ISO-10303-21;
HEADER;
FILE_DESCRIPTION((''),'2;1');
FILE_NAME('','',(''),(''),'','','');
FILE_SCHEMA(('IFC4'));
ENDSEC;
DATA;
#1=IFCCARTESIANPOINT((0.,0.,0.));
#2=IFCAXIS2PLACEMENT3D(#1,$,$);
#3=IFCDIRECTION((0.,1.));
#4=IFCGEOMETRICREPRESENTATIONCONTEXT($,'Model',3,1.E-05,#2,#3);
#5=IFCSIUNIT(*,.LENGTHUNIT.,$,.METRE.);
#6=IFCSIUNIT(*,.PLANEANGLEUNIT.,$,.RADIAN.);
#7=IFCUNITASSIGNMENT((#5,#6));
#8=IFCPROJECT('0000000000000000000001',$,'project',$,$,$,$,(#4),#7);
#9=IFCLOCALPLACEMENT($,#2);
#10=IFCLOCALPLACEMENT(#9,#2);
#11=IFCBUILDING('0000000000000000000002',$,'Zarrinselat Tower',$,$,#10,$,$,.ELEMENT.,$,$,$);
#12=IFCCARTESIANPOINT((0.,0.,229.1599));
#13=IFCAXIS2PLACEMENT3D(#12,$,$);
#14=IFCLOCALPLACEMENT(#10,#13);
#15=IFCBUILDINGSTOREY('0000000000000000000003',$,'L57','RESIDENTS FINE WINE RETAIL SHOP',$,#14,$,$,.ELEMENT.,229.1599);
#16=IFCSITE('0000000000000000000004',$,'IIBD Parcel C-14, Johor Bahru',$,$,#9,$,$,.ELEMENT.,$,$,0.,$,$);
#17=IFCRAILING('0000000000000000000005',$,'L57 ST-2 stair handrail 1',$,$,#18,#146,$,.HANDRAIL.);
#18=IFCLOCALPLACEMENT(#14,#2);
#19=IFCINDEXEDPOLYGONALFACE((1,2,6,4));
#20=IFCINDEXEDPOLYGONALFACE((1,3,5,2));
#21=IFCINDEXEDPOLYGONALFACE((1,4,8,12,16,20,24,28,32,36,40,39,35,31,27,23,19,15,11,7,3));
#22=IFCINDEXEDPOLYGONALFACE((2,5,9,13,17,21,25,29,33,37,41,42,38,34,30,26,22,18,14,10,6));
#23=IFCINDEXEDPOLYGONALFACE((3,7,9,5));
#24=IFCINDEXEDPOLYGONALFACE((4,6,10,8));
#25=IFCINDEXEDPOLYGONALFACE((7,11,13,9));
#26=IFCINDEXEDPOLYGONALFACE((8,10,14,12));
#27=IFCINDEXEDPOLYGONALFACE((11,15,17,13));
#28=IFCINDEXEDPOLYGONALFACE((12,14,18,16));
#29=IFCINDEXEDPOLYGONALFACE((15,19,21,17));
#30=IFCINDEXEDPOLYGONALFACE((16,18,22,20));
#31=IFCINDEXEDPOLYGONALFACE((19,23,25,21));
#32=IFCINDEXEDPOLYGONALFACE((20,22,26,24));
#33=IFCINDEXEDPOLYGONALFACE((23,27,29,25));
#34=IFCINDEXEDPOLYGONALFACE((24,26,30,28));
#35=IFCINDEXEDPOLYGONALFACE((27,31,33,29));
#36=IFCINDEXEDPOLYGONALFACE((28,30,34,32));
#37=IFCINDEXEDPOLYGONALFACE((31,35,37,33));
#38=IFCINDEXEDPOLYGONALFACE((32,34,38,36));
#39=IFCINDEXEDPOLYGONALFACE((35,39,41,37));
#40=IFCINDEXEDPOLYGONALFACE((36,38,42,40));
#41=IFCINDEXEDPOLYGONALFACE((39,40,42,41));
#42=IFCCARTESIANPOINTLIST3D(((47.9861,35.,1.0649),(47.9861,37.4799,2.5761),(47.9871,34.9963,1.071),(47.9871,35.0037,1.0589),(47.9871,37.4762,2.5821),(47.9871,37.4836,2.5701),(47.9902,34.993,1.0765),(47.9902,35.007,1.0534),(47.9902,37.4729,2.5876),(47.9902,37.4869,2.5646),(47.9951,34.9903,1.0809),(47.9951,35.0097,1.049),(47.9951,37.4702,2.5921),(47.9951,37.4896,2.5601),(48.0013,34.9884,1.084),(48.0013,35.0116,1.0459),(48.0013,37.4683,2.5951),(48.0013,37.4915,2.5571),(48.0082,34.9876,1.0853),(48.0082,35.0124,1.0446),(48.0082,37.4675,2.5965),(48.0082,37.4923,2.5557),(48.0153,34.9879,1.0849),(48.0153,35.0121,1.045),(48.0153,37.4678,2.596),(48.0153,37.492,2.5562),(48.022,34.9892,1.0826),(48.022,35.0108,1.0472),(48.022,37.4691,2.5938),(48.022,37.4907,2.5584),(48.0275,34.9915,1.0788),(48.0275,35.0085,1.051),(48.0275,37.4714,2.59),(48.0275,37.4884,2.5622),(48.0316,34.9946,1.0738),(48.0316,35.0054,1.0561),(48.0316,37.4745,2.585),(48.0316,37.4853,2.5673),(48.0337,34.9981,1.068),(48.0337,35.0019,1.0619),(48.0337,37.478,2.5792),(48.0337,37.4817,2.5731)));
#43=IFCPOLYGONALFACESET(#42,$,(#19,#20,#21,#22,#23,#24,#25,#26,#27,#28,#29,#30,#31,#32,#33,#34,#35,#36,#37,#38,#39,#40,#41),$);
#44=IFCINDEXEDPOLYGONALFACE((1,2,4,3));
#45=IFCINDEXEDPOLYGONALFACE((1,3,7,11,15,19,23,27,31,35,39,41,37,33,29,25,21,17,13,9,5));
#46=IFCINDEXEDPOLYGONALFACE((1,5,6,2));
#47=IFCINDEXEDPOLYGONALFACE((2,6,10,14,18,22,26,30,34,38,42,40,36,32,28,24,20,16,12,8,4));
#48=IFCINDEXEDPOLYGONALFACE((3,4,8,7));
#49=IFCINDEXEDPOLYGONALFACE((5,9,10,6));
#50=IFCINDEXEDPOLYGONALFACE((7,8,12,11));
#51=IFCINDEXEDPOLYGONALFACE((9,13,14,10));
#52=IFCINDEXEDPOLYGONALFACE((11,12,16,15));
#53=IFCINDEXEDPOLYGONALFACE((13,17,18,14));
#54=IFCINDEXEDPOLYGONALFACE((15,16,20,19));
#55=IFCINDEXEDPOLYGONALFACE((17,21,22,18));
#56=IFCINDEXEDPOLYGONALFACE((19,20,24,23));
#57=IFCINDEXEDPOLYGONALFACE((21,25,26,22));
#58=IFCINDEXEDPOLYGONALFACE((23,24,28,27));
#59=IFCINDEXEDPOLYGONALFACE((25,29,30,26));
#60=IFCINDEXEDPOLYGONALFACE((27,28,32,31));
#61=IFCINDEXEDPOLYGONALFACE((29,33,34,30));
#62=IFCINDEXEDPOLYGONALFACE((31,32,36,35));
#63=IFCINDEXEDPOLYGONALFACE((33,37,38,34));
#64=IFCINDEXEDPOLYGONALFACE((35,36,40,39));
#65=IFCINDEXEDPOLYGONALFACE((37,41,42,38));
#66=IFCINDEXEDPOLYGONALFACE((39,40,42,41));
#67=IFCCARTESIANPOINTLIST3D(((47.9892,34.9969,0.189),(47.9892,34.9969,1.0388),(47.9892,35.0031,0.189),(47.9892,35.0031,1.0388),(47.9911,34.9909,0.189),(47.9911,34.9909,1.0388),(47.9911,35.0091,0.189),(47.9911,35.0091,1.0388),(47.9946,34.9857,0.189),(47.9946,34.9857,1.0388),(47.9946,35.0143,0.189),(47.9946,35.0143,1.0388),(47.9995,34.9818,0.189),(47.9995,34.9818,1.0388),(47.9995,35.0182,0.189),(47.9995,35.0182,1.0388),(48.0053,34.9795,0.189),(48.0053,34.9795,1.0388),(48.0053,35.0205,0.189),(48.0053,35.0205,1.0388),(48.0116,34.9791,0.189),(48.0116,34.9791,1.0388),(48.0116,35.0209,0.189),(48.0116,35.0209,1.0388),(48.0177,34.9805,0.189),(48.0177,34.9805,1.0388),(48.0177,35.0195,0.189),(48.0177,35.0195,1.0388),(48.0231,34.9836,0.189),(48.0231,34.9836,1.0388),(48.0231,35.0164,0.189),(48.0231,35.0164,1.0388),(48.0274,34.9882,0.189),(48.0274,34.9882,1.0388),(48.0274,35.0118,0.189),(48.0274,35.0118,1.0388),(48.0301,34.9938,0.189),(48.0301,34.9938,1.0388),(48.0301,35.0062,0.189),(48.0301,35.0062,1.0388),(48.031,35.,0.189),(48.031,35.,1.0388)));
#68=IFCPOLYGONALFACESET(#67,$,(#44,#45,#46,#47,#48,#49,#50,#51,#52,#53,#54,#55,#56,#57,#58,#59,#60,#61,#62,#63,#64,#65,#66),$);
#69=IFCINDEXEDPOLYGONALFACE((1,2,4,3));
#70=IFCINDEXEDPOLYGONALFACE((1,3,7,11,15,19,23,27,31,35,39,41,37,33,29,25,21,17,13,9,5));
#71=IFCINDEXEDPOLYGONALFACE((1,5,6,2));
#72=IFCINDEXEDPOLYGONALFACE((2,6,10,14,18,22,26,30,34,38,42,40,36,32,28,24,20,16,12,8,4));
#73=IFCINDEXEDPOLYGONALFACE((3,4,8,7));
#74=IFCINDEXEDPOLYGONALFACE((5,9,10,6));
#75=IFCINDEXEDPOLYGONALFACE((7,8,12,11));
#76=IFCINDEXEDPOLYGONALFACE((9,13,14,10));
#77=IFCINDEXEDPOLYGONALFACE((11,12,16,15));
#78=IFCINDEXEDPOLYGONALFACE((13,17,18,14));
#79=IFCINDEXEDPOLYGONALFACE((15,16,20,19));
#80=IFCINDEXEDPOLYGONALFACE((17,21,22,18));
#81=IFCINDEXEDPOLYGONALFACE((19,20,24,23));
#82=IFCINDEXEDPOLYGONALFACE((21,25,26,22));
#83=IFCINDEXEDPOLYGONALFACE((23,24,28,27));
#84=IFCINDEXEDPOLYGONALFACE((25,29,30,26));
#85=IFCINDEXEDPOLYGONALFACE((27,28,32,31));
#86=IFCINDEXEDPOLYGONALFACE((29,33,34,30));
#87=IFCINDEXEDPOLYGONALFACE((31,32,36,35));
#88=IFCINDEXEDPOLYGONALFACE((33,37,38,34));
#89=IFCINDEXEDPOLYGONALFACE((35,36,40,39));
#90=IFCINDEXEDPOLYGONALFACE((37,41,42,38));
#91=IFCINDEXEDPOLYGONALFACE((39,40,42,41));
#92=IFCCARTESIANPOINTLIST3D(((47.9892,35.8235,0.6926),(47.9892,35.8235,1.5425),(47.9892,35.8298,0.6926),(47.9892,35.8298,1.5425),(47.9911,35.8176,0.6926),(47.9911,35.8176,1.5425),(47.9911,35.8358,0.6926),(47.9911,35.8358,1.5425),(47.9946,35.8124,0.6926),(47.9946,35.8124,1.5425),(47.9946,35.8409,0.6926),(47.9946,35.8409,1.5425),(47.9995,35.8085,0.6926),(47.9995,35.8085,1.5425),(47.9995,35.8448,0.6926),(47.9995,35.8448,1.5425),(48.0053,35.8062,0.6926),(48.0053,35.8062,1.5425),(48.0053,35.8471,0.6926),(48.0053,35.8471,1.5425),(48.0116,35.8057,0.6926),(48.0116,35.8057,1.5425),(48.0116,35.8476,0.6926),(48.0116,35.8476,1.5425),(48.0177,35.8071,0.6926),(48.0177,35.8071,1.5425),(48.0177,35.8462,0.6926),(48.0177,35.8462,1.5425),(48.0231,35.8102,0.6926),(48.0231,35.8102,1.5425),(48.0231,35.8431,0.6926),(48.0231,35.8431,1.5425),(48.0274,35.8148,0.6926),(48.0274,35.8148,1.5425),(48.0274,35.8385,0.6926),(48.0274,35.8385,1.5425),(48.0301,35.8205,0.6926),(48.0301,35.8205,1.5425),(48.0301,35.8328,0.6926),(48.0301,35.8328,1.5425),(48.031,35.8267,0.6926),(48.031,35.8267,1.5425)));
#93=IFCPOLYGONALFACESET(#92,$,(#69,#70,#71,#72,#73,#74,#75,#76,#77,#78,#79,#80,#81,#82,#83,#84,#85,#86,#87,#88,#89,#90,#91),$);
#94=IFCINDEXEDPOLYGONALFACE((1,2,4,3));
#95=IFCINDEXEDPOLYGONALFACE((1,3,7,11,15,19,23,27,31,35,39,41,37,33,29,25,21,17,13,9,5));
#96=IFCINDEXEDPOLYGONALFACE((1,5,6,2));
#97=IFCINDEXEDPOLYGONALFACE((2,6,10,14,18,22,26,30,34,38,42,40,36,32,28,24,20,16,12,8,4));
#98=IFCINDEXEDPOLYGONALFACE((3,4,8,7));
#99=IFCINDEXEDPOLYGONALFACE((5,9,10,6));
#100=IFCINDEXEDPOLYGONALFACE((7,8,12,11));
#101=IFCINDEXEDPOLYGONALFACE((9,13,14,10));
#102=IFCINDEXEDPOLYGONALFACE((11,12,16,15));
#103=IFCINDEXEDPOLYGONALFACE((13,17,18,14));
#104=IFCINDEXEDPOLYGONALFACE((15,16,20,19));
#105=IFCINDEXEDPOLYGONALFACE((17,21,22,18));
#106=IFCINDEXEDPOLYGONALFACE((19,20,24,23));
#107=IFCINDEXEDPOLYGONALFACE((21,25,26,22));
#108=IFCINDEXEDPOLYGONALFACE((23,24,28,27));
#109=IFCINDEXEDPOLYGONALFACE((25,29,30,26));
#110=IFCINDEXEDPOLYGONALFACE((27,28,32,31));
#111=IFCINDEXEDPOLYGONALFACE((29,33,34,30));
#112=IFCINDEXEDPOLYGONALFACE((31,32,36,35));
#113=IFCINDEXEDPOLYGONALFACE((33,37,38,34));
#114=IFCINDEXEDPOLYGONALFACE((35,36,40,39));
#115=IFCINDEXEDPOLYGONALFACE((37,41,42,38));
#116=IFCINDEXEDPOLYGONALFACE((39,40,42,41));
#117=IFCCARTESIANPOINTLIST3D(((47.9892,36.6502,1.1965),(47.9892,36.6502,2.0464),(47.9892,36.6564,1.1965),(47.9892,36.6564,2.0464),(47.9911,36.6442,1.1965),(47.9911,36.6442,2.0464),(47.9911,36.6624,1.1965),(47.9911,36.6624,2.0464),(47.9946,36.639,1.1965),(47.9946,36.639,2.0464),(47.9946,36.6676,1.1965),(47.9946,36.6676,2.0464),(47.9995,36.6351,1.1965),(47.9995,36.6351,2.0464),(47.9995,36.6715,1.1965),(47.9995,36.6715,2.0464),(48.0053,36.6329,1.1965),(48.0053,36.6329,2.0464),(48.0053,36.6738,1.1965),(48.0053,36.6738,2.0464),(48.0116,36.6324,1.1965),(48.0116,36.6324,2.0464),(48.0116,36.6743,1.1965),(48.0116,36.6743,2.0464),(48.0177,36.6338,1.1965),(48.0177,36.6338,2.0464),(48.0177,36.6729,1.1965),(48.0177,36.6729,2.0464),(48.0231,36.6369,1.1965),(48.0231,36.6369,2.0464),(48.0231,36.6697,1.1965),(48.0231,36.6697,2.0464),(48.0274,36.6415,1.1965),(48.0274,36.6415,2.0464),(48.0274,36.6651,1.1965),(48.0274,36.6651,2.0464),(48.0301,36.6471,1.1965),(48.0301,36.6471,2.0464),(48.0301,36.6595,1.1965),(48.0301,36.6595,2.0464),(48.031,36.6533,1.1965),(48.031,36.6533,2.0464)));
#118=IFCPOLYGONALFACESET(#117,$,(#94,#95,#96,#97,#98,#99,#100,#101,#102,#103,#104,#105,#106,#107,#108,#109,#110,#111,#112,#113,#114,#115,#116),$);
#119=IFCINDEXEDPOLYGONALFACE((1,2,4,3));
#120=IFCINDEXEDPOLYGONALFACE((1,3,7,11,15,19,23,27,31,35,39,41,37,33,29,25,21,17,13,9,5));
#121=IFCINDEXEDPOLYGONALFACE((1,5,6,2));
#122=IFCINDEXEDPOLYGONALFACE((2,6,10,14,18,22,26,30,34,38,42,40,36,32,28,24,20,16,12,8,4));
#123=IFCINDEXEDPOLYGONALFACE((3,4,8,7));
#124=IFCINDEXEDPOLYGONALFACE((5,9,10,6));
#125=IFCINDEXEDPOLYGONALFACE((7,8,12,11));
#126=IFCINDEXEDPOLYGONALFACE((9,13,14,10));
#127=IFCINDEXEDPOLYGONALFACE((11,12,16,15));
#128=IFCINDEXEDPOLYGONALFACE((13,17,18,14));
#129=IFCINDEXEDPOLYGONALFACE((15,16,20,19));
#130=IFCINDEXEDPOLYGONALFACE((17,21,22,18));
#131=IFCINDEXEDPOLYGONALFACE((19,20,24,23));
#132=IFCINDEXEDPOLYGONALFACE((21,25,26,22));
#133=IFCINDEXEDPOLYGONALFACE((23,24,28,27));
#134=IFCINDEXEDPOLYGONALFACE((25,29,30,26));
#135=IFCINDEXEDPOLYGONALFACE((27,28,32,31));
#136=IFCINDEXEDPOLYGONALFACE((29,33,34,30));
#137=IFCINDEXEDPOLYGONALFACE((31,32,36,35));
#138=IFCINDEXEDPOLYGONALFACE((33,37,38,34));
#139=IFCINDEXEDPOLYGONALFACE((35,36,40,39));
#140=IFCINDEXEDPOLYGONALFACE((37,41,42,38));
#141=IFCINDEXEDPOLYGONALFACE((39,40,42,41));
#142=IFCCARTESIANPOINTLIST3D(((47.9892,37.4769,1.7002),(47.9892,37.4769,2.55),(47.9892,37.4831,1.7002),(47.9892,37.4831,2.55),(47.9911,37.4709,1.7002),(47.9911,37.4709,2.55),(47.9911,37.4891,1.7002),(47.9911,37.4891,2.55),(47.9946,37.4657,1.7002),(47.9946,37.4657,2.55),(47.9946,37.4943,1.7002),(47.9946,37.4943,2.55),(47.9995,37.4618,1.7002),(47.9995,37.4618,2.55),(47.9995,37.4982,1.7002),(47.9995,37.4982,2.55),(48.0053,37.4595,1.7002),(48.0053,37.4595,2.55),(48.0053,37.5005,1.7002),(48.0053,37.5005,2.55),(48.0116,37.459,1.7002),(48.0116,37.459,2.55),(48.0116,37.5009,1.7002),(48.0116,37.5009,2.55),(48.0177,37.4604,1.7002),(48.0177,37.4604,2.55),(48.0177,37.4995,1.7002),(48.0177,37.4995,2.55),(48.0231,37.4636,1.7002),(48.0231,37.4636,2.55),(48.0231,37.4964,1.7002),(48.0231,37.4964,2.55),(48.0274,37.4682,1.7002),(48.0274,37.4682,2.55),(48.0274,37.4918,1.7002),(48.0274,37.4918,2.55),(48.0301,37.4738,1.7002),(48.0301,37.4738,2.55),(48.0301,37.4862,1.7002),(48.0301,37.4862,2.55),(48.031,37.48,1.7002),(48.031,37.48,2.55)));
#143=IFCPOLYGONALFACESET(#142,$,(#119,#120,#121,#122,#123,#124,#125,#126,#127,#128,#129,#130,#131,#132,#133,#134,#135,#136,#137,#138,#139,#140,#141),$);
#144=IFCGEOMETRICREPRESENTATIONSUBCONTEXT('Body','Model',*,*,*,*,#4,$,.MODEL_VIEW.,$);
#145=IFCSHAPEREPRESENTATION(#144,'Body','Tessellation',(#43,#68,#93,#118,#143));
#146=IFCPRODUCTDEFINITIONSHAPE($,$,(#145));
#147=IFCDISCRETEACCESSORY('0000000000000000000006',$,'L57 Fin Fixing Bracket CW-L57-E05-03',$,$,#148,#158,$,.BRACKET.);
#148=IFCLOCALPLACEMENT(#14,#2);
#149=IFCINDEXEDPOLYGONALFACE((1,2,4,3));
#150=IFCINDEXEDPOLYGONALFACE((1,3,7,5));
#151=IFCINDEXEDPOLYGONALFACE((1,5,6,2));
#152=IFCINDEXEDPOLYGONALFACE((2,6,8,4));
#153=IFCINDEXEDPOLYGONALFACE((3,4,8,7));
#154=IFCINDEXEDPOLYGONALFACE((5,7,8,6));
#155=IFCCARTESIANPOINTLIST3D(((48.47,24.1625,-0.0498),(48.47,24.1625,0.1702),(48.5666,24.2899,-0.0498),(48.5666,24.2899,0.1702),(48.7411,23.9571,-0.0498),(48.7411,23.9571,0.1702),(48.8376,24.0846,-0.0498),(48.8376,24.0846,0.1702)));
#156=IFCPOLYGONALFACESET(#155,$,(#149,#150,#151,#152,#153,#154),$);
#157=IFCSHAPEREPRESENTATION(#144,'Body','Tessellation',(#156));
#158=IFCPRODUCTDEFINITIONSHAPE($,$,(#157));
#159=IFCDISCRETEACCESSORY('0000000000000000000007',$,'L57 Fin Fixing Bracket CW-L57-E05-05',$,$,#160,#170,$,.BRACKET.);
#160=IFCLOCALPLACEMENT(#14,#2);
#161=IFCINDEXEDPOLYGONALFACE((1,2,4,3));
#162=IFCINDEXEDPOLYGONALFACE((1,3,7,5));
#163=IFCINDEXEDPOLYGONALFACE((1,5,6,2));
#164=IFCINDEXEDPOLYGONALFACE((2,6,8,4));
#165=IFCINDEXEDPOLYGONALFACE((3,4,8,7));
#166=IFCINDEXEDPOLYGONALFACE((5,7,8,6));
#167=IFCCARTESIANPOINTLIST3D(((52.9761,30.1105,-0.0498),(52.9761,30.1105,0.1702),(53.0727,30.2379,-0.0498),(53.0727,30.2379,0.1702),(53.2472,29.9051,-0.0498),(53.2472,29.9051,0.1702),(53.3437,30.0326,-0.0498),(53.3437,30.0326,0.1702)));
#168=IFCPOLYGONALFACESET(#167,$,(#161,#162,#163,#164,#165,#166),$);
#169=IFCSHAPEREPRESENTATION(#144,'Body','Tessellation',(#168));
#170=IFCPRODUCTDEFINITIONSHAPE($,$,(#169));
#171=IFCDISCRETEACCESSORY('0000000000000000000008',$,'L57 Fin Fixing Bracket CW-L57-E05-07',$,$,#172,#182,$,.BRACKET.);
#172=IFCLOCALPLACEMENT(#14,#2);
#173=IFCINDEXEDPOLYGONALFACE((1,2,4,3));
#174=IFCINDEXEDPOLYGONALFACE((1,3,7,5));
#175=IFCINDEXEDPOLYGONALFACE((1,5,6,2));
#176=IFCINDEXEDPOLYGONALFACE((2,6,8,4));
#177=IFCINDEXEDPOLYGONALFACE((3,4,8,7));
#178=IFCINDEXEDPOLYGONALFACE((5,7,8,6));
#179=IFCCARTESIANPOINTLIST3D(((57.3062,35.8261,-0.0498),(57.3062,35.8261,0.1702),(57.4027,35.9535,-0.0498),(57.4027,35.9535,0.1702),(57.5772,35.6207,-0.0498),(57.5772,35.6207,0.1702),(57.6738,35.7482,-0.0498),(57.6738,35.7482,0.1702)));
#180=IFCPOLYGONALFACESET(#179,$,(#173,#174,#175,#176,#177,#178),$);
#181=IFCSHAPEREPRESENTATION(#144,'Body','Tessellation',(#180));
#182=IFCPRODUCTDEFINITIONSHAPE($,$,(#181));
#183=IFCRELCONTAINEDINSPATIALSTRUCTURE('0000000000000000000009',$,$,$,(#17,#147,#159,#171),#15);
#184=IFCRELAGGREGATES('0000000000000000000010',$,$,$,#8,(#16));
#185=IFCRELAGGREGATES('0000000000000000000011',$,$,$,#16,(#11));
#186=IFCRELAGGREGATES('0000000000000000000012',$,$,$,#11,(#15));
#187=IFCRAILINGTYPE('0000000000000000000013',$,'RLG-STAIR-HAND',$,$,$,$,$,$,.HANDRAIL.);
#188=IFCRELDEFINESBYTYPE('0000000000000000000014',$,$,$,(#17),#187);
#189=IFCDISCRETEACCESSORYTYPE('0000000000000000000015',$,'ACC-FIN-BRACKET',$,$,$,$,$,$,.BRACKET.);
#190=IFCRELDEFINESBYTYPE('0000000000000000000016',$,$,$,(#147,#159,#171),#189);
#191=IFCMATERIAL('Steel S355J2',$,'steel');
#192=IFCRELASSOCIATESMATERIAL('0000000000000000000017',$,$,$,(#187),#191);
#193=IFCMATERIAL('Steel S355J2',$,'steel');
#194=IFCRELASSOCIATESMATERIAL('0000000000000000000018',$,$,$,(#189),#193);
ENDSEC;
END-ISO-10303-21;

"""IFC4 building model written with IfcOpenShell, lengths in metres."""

from ifc_helpers import new_model, si_unit, direction, frame, origin, origin_2d, place, context, subcontext, project, spatial, rectangle, circle, extrude, material, type_object, element, save


model = new_model("IFC4")

# Units and contexts
model_context = context("Model", 3, precision=1e-05, world=origin(), true_north=direction((0.0, 1.0)))
body_context = subcontext(model_context, "Body", "Model", "MODEL_VIEW")
ifc_project = project(units=[si_unit("LENGTHUNIT", "METRE"), si_unit("PLANEANGLEUNIT", "RADIAN")], contexts=[model_context])

# Site, building, storey
site_placement = place(None, origin())
site = spatial("IfcSite", under=ifc_project, at=site_placement, Name="IIBD Parcel C-14, Johor Bahru", CompositionType="ELEMENT", RefElevation=0.0)
building_placement = place(site_placement, origin())
building = spatial("IfcBuilding", under=site, at=building_placement, Name="Zarrinselat Tower", CompositionType="ELEMENT")
storey_placement = place(building_placement, frame((0.0, 0.0, 229.1599)))
storey = spatial("IfcBuildingStorey", under=building, at=storey_placement, Name="L57", Description="RESIDENTS FINE WINE RETAIL SHOP", CompositionType="ELEMENT", Elevation=229.1599)

# Railing
ifc_material_1 = material(Name="Steel S355J2", Category="steel")
railing_type = type_object("IfcRailingType", Name="RLG-STAIR-HAND", PredefinedType="HANDRAIL", material=ifc_material_1)
railing_placement = place(storey_placement, frame((48.01, 35.0, 0.189)))
element("IfcRailing", 1, at=railing_placement, inside=storey, type_object=railing_type, Name="L57 ST-2 stair handrail 1", PredefinedType="HANDRAIL", context=body_context, shape_type="SweptSolid", body=[
    extrude(circle(Radius=0.0239, at=origin_2d()), frame((0.0, 0.0, 0.876), z_axis=(0.0, 0.853942, 0.520368), x_axis=(-1.0, 0.0, 0.0)), (0.0, 0.0, 1.0), 2.9041),
    extrude(circle(Radius=0.021, at=origin_2d()), origin(), (0.0, 0.0, 1.0), 0.8499),
    extrude(circle(Radius=0.021, at=origin_2d()), frame((0.0, 0.8267, 0.5037)), (0.0, 0.0, 1.0), 0.8499),
    extrude(circle(Radius=0.021, at=origin_2d()), frame((0.0, 1.6533, 1.0076)), (0.0, 0.0, 1.0), 0.8499),
    extrude(circle(Radius=0.021, at=origin_2d()), frame((0.0, 2.48, 1.5112)), (0.0, 0.0, 1.0), 0.8499),
])

# Discrete accessories
ifc_material_2 = material(Name="Steel S355J2", Category="steel")
discrete_accessory_type = type_object("IfcDiscreteAccessoryType", Name="ACC-FIN-BRACKET", PredefinedType="BRACKET", material=ifc_material_2)
for number, where, z_axis, x_axis, name in (
    (2, (48.6538, 24.1235, -0.0498), (0.0, 0.0, 1.0), (0.797091, -0.603859, 0.0), "L57 Fin Fixing Bracket CW-L57-E05-03"),
    (3, (53.1599, 30.0715, -0.0498), (0.0, 0.0, 1.0), (0.797091, -0.603859, 0.0), "L57 Fin Fixing Bracket CW-L57-E05-05"),
    (4, (57.49, 35.7871, -0.0498), (0.0, 0.0, 1.0), (0.797091, -0.603859, 0.0), "L57 Fin Fixing Bracket CW-L57-E05-07"),
):
    element("IfcDiscreteAccessory", number, at=place(storey_placement, frame(where, z_axis=z_axis, x_axis=x_axis)), inside=storey, type_object=discrete_accessory_type, Name=name, PredefinedType="BRACKET", context=body_context, shape_type="SweptSolid", body=[
        extrude(rectangle(XDim=0.3401, YDim=0.1599, at=origin_2d()), origin(), (0.0, 0.0, 1.0), 0.22),
    ])

save(model, "model.ifc")
